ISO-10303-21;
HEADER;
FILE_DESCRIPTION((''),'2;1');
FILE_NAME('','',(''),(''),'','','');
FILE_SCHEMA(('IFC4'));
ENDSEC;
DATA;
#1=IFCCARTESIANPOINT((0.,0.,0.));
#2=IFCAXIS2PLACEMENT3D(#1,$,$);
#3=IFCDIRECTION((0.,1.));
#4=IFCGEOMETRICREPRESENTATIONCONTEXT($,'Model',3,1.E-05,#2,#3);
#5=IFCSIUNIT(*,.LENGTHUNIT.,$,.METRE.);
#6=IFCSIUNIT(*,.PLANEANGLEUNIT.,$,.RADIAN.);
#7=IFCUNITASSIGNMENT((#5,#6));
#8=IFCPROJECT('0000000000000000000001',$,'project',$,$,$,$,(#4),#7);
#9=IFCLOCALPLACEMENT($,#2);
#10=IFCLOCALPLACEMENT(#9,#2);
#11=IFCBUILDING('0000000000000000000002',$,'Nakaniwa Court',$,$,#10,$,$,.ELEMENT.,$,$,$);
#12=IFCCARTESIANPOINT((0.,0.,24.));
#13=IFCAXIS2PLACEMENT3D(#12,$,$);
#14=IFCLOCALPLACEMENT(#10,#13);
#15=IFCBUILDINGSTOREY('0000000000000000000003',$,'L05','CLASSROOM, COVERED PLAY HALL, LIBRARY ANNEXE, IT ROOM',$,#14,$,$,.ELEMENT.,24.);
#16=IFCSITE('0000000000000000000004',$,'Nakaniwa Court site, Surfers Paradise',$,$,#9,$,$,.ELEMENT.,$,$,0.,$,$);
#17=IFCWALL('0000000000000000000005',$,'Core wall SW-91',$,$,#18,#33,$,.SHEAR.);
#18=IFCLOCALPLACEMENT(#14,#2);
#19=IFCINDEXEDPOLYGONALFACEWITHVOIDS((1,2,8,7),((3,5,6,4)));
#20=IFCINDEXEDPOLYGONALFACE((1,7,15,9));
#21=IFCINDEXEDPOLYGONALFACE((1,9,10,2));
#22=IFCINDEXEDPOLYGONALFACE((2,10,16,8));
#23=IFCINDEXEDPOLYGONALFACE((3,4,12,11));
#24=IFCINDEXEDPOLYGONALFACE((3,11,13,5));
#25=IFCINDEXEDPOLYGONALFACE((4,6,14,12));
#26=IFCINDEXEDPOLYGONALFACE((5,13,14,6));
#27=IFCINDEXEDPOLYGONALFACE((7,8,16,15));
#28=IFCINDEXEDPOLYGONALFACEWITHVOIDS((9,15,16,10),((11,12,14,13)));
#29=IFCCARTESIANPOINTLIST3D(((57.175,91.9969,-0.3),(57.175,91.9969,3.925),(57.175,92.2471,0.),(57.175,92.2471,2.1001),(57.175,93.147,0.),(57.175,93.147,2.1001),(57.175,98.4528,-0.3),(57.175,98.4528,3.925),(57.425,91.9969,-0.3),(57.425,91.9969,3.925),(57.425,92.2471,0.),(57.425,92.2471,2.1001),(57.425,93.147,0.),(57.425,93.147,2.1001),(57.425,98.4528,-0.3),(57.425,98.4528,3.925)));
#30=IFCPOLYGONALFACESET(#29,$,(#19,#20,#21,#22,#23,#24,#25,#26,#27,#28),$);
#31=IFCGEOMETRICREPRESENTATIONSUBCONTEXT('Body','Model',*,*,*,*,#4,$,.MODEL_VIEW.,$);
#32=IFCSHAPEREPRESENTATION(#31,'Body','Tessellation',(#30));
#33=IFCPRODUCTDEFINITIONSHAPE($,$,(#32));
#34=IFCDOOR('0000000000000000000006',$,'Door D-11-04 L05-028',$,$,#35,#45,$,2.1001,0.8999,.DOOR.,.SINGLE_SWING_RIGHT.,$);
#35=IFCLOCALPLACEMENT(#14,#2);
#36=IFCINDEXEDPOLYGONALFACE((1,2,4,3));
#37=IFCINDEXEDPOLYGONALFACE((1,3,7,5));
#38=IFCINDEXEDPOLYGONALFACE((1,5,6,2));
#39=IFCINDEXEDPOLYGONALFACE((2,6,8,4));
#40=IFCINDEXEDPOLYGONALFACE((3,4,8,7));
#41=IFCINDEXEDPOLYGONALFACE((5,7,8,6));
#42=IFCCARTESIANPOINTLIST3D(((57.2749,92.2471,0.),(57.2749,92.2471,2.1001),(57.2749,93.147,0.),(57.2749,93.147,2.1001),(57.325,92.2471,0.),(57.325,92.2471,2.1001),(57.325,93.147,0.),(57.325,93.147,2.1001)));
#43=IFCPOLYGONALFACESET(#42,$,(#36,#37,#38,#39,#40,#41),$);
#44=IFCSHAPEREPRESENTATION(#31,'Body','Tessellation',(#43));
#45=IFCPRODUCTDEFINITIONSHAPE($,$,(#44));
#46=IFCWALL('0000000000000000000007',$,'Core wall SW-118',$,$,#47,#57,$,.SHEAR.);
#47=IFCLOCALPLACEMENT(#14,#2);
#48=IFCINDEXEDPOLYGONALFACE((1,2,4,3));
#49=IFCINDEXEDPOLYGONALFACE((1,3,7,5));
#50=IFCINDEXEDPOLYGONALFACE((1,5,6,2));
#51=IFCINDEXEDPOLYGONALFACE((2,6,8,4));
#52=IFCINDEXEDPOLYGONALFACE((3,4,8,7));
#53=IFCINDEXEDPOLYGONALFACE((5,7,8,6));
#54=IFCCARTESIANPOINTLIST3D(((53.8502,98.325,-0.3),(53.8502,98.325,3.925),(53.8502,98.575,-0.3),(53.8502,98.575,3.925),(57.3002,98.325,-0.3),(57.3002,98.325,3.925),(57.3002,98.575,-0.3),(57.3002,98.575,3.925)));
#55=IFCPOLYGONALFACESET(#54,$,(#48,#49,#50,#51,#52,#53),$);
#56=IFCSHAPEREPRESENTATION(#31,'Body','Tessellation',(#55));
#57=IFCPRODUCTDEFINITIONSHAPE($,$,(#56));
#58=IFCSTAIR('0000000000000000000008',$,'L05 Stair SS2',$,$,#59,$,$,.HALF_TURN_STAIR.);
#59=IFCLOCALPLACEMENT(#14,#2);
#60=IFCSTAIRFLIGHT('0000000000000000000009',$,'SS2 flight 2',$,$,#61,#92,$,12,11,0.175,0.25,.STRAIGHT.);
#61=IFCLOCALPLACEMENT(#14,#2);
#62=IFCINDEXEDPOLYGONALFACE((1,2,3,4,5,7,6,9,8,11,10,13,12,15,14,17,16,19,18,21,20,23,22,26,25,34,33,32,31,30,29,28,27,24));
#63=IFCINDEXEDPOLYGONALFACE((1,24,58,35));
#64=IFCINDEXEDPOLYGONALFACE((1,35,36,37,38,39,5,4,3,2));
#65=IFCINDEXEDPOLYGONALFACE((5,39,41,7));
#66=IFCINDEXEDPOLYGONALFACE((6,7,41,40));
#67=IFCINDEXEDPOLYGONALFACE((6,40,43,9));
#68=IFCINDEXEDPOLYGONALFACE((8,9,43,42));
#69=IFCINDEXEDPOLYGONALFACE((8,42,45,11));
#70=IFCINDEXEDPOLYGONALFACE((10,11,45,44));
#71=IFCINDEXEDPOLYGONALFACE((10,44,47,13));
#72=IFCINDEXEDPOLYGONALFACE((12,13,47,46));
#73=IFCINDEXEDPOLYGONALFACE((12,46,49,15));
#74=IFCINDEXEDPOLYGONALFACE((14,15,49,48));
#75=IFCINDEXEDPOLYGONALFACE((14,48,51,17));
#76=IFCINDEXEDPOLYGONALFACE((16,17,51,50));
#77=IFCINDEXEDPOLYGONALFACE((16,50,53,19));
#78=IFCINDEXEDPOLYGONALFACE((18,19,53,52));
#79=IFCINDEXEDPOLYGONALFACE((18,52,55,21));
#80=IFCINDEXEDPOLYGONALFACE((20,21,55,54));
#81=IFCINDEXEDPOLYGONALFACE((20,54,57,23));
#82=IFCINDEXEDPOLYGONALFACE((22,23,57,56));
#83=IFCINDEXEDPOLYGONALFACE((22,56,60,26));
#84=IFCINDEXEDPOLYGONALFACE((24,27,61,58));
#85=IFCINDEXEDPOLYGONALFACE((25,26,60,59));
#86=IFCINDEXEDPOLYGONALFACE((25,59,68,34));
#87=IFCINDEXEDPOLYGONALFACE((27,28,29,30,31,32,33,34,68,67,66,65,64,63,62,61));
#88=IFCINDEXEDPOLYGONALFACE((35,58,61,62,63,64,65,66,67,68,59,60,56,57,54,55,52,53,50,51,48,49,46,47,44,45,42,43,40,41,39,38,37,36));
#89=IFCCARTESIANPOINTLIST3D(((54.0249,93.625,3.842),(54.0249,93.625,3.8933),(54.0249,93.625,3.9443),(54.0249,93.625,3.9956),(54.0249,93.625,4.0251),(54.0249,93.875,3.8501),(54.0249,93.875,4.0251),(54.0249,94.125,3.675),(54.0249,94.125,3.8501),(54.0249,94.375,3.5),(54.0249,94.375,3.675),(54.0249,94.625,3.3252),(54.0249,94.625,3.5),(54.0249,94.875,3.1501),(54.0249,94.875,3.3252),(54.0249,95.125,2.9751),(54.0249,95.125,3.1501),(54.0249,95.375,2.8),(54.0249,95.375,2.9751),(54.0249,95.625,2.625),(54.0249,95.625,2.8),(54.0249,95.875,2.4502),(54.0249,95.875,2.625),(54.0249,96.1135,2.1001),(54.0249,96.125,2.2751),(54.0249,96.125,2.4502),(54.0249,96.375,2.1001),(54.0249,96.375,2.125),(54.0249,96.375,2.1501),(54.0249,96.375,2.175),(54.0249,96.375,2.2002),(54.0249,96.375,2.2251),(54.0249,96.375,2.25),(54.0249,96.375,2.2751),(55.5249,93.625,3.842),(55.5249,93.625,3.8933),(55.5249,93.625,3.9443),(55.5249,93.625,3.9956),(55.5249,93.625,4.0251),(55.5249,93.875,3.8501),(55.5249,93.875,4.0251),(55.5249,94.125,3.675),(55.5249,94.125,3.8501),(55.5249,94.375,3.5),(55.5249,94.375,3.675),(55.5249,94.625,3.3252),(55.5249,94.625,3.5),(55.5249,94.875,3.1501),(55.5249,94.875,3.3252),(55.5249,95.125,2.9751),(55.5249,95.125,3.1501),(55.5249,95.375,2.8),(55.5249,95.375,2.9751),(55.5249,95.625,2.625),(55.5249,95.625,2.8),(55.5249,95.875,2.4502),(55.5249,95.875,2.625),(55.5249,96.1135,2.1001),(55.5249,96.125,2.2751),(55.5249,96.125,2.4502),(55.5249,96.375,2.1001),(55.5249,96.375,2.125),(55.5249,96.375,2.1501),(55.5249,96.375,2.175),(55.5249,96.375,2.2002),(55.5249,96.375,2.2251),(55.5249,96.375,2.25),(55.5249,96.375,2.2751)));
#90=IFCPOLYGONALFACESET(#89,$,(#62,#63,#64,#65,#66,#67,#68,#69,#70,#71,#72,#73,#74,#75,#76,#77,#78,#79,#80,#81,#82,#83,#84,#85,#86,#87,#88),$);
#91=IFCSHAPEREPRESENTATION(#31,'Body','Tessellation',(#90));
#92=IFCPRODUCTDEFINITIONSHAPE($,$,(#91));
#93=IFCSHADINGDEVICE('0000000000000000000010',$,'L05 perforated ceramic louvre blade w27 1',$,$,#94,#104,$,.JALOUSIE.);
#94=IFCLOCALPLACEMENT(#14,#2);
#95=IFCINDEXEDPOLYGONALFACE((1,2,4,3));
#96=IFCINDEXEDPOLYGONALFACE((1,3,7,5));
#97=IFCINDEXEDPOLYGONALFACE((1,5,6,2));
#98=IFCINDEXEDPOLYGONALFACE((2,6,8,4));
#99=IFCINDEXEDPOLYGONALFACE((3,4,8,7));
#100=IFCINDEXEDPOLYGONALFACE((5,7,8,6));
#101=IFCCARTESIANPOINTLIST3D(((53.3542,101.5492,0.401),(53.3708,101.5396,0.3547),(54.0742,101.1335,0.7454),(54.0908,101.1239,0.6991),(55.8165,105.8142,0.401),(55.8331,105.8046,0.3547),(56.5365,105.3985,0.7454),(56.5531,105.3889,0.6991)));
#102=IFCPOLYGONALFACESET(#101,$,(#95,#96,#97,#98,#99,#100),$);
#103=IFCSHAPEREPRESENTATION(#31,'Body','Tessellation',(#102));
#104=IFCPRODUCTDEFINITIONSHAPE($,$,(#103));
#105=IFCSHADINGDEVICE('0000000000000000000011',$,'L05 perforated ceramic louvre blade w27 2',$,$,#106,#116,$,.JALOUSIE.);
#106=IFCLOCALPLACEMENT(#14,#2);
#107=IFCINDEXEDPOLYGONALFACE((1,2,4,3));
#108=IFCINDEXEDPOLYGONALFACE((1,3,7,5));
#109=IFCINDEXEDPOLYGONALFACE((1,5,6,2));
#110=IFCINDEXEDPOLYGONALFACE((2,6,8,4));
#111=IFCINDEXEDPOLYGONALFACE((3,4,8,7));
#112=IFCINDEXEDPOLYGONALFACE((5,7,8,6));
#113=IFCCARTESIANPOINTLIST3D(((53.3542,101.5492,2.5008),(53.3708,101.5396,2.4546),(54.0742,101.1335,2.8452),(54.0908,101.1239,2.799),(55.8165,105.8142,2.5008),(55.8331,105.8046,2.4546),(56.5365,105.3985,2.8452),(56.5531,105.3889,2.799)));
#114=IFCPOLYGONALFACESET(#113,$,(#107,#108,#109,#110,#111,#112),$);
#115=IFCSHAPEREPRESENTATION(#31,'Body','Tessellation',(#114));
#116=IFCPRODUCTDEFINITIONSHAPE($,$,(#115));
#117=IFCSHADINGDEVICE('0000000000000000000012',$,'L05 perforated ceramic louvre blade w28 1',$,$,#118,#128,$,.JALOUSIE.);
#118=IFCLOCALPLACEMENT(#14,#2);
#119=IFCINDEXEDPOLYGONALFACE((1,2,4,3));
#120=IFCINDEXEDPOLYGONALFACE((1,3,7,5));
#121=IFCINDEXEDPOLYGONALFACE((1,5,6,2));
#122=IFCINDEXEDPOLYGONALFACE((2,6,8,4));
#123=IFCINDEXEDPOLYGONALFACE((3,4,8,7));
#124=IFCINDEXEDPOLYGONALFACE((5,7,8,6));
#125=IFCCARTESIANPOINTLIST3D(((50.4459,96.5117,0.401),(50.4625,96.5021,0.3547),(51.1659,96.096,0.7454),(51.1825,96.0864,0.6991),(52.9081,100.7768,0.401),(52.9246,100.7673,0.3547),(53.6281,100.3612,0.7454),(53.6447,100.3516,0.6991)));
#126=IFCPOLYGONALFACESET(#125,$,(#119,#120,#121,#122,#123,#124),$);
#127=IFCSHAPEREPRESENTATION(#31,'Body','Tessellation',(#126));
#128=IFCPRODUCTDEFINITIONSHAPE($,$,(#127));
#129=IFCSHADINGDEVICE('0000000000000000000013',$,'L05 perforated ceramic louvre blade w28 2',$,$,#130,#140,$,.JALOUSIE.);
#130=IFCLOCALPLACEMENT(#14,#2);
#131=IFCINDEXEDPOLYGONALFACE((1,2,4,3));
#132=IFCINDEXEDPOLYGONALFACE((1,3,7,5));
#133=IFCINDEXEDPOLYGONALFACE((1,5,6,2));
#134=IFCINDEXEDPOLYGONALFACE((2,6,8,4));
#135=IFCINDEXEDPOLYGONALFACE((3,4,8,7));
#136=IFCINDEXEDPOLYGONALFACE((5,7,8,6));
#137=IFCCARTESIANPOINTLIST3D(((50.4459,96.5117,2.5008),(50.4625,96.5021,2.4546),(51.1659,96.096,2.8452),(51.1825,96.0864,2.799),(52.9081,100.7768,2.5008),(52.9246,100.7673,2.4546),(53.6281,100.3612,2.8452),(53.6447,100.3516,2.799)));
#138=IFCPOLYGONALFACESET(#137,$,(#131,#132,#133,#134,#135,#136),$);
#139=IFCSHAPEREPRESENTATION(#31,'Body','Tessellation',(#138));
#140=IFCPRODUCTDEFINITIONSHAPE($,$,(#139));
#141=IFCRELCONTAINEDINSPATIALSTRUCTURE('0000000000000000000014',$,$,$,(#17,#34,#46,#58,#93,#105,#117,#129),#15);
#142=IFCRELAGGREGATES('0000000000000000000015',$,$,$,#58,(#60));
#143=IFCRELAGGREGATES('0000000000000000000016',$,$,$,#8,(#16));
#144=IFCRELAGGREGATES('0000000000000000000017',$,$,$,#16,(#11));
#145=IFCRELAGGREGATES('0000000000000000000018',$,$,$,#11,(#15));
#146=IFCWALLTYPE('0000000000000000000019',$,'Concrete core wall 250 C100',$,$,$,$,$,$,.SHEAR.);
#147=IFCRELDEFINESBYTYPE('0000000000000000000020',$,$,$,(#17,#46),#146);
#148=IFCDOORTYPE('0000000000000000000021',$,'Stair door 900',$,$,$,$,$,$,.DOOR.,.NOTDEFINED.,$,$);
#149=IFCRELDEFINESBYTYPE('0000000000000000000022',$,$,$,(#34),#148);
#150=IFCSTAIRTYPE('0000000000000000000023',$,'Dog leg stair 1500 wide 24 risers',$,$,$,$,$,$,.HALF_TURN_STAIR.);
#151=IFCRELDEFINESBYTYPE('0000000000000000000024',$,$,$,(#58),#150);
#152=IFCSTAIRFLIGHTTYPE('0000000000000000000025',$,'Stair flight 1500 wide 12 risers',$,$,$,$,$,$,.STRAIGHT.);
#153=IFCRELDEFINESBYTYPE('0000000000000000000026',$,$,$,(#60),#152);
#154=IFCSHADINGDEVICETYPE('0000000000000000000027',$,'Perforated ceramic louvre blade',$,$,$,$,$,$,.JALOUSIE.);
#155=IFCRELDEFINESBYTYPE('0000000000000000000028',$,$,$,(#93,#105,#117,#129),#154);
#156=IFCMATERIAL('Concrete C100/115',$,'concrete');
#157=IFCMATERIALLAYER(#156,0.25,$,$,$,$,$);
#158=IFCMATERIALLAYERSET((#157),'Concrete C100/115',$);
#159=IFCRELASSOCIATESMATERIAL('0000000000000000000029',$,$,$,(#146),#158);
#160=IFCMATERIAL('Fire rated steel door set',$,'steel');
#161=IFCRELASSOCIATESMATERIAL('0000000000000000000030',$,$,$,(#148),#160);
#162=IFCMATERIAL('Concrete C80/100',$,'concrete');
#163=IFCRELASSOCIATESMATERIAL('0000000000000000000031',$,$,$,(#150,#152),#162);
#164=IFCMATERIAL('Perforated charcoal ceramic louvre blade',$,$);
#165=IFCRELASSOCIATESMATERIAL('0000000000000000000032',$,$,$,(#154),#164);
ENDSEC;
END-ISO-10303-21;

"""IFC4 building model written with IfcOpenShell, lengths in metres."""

from ifc_helpers import new_model, si_unit, direction, frame, frame_2d, origin, origin_2d, place, context, subcontext, project, spatial, polyline, rectangle, outline, extrude, material, layer, layer_set, material_profile, profile_set, type_object, element, fill, aggregate, save


model = new_model("IFC4")

# Units and contexts
model_context = context("Model", 3, precision=1e-05, world=origin(), true_north=direction((0.0, 1.0)))
body_context = subcontext(model_context, "Body", "Model", "MODEL_VIEW")
ifc_project = project(units=[si_unit("LENGTHUNIT", "METRE"), si_unit("PLANEANGLEUNIT", "RADIAN")], contexts=[model_context])

# Site, building, storey
site_placement = place(None, origin())
site = spatial("IfcSite", under=ifc_project, at=site_placement, Name="Nakaniwa Court site, Surfers Paradise", CompositionType="ELEMENT", RefElevation=0.0)
building_placement = place(site_placement, origin())
building = spatial("IfcBuilding", under=site, at=building_placement, Name="Nakaniwa Court", CompositionType="ELEMENT")
storey_placement = place(building_placement, frame((0.0, 0.0, 24.0)))
storey = spatial("IfcBuildingStorey", under=building, at=storey_placement, Name="L05", Description="CLASSROOM, COVERED PLAY HALL, LIBRARY ANNEXE, IT ROOM", CompositionType="ELEMENT", Elevation=24.0)

# Shared definitions
ifc_material_1 = material(Name="Concrete C100/115", Category="concrete")

# Wall, opening, door
ifc_layer_1 = layer(ifc_material_1, 0.25)
ifc_layer_set_1 = layer_set([ifc_layer_1], Name="Concrete C100/115")
wall_type_1 = type_object("IfcWallType", Name="Concrete core wall 250 C100", PredefinedType="SHEAR", material=ifc_layer_set_1)
wall_1_placement = place(storey_placement, frame((57.3, 98.4529, -0.3), z_axis=(0.0, 0.0, 1.0), x_axis=(0.0, -1.0, 0.0)))
wall_1 = element("IfcWall", 1, at=wall_1_placement, inside=storey, type_object=wall_type_1, Name="Core wall SW-91", PredefinedType="SHEAR", context=body_context, shape_type="SweptSolid", body=[
    extrude(rectangle(XDim=6.4558, YDim=0.25, at=frame_2d((3.228, 0.0))), origin(), (0.0, 0.0, 1.0), 4.2251),
])
opening_1_placement = place(wall_1_placement, frame((5.3059, 0.0, 0.3)))
opening_1 = element("IfcOpeningElement", 2, at=opening_1_placement, cuts=wall_1, PredefinedType="OPENING", context=body_context, shape_type="SweptSolid", body=[
    extrude(rectangle(XDim=0.8999, YDim=2.1001, at=frame_2d((0.45, 1.05))), frame((0.0, 0.135, 0.0), z_axis=(0.0, -1.0, 0.0), x_axis=(1.0, 0.0, 0.0)), (0.0, 0.0, 1.0), 0.27),
])
ifc_material_2 = material(Name="Fire rated steel door set", Category="steel")
door_type_1 = type_object("IfcDoorType", Name="Stair door 900", OperationType="NOTDEFINED", PredefinedType="DOOR", material=ifc_material_2)
door_1_placement = place(opening_1_placement, origin())
door_1 = element("IfcDoor", 3, at=door_1_placement, inside=storey, type_object=door_type_1, Name="Door D-11-04 L05-028", OperationType="SINGLE_SWING_RIGHT", OverallHeight=2.1001, OverallWidth=0.8999, PredefinedType="DOOR", context=body_context, shape_type="SweptSolid", body=[
    extrude(rectangle(XDim=0.8999, YDim=2.1001, at=frame_2d((0.45, 1.05))), frame((0.0, 0.0249, 0.0), z_axis=(0.0, -1.0, 0.0), x_axis=(1.0, 0.0, 0.0)), (0.0, 0.0, 1.0), 0.05),
])
fill(opening_1, door_1)

# Wall
wall_2_placement = place(storey_placement, frame((53.8501, 98.45, -0.3), z_axis=(0.0, 0.0, 1.0), x_axis=(1.0, 0.0, 0.0)))
element("IfcWall", 4, at=wall_2_placement, inside=storey, type_object=wall_type_1, Name="Core wall SW-118", PredefinedType="SHEAR", context=body_context, shape_type="SweptSolid", body=[
    extrude(rectangle(XDim=3.45, YDim=0.25, at=frame_2d((1.7251, 0.0))), origin(), (0.0, 0.0, 1.0), 4.2251),
])

# Stair, stair flight
ifc_material_3 = material(Name="Concrete C80/100", Category="concrete")
stair_type = type_object("IfcStairType", Name="Dog leg stair 1500 wide 24 risers", PredefinedType="HALF_TURN_STAIR", material=ifc_material_3)
stair_placement = place(storey_placement, origin())
stair = element("IfcStair", 5, at=stair_placement, inside=storey, type_object=stair_type, Name="L05 Stair SS2", PredefinedType="HALF_TURN_STAIR")
stair_flight_type = type_object("IfcStairFlightType", Name="Stair flight 1500 wide 12 risers", PredefinedType="STRAIGHT", material=ifc_material_3)
stair_flight_placement = place(storey_placement, frame((54.7749, 96.375, 2.1001), z_axis=(0.0, 0.0, 1.0), x_axis=(0.0, -1.0, 0.0)))
stair_flight = element("IfcStairFlight", 6, at=stair_flight_placement, type_object=stair_flight_type, Name="SS2 flight 2", NumberOfRisers=12, NumberOfTreads=11, PredefinedType="STRAIGHT", RiserHeight=0.175, TreadLength=0.25, context=body_context, shape_type="SweptSolid", body=[
    extrude(outline(polyline([(0.0, 0.0), (0.0, 0.0249), (0.0, 0.05), (0.0, 0.075), (0.0, 0.1001), (0.0, 0.125), (0.0, 0.1499), (0.0, 0.175), (0.25, 0.175), (0.25, 0.3501), (0.5, 0.3501), (0.5, 0.5249), (0.75, 0.5249), (0.75, 0.7), (1.0, 0.7), (1.0, 0.875), (1.25, 0.875), (1.25, 1.05), (1.5, 1.05), (1.5, 1.2251), (1.75, 1.2251), (1.75, 1.3999), (2.0, 1.3999), (2.0, 1.575), (2.25, 1.575), (2.25, 1.75), (2.5, 1.75), (2.5, 1.925), (2.75, 1.925), (2.75, 2.1001), (2.75, 2.0488), (2.75, 1.9978), (2.75, 1.9465), (2.75, 1.8955), (2.75, 1.8442), (2.75, 1.7932), (2.75, 1.7419), (0.2615, 0.0), (0.0, 0.0)])), frame((0.0, 0.75, 0.0), z_axis=(0.0, -1.0, 0.0), x_axis=(1.0, 0.0, 0.0)), (0.0, 0.0, 1.0), 1.5),
])
aggregate(stair, [stair_flight])

# Shading devices
ifc_material_4 = material(Name="Perforated charcoal ceramic louvre blade")
ifc_material_profile_1 = material_profile(ifc_material_4, rectangle(XDim=0.8999, YDim=0.05, at=origin_2d()), Name="Perforated ceramic louvre blade")
ifc_profile_set_1 = profile_set([ifc_material_profile_1], Name="Perforated charcoal ceramic louvre blade")
shading_device_type = type_object("IfcShadingDeviceType", Name="Perforated ceramic louvre blade", PredefinedType="JALOUSIE", material=ifc_profile_set_1)
for number, where, z_axis, x_axis, name in (
    (7, (56.1848, 105.6016, 0.55), (-0.499989, -0.866032, 0.0), (0.800109, -0.461929, 0.382683), "L05 perforated ceramic louvre blade w27 1"),
    (8, (56.1848, 105.6016, 2.6499), (-0.499989, -0.866032, 0.0), (0.800109, -0.461929, 0.382683), "L05 perforated ceramic louvre blade w27 2"),
    (9, (53.2764, 100.5642, 0.55), (-0.499951, -0.866054, 0.0), (0.800129, -0.461895, 0.382683), "L05 perforated ceramic louvre blade w28 1"),
    (10, (53.2764, 100.5642, 2.6499), (-0.499951, -0.866054, 0.0), (0.800129, -0.461895, 0.382683), "L05 perforated ceramic louvre blade w28 2"),
):
    element("IfcShadingDevice", number, at=place(storey_placement, frame(where, z_axis=z_axis, x_axis=x_axis)), inside=storey, type_object=shading_device_type, Name=name, PredefinedType="JALOUSIE", context=body_context, shape_type="SweptSolid", body=[
        extrude(rectangle(XDim=0.8999, YDim=0.05, at=origin_2d()), origin(), (0.0, 0.0, 1.0), 4.9248),
    ])

save(model, "model.ifc")
